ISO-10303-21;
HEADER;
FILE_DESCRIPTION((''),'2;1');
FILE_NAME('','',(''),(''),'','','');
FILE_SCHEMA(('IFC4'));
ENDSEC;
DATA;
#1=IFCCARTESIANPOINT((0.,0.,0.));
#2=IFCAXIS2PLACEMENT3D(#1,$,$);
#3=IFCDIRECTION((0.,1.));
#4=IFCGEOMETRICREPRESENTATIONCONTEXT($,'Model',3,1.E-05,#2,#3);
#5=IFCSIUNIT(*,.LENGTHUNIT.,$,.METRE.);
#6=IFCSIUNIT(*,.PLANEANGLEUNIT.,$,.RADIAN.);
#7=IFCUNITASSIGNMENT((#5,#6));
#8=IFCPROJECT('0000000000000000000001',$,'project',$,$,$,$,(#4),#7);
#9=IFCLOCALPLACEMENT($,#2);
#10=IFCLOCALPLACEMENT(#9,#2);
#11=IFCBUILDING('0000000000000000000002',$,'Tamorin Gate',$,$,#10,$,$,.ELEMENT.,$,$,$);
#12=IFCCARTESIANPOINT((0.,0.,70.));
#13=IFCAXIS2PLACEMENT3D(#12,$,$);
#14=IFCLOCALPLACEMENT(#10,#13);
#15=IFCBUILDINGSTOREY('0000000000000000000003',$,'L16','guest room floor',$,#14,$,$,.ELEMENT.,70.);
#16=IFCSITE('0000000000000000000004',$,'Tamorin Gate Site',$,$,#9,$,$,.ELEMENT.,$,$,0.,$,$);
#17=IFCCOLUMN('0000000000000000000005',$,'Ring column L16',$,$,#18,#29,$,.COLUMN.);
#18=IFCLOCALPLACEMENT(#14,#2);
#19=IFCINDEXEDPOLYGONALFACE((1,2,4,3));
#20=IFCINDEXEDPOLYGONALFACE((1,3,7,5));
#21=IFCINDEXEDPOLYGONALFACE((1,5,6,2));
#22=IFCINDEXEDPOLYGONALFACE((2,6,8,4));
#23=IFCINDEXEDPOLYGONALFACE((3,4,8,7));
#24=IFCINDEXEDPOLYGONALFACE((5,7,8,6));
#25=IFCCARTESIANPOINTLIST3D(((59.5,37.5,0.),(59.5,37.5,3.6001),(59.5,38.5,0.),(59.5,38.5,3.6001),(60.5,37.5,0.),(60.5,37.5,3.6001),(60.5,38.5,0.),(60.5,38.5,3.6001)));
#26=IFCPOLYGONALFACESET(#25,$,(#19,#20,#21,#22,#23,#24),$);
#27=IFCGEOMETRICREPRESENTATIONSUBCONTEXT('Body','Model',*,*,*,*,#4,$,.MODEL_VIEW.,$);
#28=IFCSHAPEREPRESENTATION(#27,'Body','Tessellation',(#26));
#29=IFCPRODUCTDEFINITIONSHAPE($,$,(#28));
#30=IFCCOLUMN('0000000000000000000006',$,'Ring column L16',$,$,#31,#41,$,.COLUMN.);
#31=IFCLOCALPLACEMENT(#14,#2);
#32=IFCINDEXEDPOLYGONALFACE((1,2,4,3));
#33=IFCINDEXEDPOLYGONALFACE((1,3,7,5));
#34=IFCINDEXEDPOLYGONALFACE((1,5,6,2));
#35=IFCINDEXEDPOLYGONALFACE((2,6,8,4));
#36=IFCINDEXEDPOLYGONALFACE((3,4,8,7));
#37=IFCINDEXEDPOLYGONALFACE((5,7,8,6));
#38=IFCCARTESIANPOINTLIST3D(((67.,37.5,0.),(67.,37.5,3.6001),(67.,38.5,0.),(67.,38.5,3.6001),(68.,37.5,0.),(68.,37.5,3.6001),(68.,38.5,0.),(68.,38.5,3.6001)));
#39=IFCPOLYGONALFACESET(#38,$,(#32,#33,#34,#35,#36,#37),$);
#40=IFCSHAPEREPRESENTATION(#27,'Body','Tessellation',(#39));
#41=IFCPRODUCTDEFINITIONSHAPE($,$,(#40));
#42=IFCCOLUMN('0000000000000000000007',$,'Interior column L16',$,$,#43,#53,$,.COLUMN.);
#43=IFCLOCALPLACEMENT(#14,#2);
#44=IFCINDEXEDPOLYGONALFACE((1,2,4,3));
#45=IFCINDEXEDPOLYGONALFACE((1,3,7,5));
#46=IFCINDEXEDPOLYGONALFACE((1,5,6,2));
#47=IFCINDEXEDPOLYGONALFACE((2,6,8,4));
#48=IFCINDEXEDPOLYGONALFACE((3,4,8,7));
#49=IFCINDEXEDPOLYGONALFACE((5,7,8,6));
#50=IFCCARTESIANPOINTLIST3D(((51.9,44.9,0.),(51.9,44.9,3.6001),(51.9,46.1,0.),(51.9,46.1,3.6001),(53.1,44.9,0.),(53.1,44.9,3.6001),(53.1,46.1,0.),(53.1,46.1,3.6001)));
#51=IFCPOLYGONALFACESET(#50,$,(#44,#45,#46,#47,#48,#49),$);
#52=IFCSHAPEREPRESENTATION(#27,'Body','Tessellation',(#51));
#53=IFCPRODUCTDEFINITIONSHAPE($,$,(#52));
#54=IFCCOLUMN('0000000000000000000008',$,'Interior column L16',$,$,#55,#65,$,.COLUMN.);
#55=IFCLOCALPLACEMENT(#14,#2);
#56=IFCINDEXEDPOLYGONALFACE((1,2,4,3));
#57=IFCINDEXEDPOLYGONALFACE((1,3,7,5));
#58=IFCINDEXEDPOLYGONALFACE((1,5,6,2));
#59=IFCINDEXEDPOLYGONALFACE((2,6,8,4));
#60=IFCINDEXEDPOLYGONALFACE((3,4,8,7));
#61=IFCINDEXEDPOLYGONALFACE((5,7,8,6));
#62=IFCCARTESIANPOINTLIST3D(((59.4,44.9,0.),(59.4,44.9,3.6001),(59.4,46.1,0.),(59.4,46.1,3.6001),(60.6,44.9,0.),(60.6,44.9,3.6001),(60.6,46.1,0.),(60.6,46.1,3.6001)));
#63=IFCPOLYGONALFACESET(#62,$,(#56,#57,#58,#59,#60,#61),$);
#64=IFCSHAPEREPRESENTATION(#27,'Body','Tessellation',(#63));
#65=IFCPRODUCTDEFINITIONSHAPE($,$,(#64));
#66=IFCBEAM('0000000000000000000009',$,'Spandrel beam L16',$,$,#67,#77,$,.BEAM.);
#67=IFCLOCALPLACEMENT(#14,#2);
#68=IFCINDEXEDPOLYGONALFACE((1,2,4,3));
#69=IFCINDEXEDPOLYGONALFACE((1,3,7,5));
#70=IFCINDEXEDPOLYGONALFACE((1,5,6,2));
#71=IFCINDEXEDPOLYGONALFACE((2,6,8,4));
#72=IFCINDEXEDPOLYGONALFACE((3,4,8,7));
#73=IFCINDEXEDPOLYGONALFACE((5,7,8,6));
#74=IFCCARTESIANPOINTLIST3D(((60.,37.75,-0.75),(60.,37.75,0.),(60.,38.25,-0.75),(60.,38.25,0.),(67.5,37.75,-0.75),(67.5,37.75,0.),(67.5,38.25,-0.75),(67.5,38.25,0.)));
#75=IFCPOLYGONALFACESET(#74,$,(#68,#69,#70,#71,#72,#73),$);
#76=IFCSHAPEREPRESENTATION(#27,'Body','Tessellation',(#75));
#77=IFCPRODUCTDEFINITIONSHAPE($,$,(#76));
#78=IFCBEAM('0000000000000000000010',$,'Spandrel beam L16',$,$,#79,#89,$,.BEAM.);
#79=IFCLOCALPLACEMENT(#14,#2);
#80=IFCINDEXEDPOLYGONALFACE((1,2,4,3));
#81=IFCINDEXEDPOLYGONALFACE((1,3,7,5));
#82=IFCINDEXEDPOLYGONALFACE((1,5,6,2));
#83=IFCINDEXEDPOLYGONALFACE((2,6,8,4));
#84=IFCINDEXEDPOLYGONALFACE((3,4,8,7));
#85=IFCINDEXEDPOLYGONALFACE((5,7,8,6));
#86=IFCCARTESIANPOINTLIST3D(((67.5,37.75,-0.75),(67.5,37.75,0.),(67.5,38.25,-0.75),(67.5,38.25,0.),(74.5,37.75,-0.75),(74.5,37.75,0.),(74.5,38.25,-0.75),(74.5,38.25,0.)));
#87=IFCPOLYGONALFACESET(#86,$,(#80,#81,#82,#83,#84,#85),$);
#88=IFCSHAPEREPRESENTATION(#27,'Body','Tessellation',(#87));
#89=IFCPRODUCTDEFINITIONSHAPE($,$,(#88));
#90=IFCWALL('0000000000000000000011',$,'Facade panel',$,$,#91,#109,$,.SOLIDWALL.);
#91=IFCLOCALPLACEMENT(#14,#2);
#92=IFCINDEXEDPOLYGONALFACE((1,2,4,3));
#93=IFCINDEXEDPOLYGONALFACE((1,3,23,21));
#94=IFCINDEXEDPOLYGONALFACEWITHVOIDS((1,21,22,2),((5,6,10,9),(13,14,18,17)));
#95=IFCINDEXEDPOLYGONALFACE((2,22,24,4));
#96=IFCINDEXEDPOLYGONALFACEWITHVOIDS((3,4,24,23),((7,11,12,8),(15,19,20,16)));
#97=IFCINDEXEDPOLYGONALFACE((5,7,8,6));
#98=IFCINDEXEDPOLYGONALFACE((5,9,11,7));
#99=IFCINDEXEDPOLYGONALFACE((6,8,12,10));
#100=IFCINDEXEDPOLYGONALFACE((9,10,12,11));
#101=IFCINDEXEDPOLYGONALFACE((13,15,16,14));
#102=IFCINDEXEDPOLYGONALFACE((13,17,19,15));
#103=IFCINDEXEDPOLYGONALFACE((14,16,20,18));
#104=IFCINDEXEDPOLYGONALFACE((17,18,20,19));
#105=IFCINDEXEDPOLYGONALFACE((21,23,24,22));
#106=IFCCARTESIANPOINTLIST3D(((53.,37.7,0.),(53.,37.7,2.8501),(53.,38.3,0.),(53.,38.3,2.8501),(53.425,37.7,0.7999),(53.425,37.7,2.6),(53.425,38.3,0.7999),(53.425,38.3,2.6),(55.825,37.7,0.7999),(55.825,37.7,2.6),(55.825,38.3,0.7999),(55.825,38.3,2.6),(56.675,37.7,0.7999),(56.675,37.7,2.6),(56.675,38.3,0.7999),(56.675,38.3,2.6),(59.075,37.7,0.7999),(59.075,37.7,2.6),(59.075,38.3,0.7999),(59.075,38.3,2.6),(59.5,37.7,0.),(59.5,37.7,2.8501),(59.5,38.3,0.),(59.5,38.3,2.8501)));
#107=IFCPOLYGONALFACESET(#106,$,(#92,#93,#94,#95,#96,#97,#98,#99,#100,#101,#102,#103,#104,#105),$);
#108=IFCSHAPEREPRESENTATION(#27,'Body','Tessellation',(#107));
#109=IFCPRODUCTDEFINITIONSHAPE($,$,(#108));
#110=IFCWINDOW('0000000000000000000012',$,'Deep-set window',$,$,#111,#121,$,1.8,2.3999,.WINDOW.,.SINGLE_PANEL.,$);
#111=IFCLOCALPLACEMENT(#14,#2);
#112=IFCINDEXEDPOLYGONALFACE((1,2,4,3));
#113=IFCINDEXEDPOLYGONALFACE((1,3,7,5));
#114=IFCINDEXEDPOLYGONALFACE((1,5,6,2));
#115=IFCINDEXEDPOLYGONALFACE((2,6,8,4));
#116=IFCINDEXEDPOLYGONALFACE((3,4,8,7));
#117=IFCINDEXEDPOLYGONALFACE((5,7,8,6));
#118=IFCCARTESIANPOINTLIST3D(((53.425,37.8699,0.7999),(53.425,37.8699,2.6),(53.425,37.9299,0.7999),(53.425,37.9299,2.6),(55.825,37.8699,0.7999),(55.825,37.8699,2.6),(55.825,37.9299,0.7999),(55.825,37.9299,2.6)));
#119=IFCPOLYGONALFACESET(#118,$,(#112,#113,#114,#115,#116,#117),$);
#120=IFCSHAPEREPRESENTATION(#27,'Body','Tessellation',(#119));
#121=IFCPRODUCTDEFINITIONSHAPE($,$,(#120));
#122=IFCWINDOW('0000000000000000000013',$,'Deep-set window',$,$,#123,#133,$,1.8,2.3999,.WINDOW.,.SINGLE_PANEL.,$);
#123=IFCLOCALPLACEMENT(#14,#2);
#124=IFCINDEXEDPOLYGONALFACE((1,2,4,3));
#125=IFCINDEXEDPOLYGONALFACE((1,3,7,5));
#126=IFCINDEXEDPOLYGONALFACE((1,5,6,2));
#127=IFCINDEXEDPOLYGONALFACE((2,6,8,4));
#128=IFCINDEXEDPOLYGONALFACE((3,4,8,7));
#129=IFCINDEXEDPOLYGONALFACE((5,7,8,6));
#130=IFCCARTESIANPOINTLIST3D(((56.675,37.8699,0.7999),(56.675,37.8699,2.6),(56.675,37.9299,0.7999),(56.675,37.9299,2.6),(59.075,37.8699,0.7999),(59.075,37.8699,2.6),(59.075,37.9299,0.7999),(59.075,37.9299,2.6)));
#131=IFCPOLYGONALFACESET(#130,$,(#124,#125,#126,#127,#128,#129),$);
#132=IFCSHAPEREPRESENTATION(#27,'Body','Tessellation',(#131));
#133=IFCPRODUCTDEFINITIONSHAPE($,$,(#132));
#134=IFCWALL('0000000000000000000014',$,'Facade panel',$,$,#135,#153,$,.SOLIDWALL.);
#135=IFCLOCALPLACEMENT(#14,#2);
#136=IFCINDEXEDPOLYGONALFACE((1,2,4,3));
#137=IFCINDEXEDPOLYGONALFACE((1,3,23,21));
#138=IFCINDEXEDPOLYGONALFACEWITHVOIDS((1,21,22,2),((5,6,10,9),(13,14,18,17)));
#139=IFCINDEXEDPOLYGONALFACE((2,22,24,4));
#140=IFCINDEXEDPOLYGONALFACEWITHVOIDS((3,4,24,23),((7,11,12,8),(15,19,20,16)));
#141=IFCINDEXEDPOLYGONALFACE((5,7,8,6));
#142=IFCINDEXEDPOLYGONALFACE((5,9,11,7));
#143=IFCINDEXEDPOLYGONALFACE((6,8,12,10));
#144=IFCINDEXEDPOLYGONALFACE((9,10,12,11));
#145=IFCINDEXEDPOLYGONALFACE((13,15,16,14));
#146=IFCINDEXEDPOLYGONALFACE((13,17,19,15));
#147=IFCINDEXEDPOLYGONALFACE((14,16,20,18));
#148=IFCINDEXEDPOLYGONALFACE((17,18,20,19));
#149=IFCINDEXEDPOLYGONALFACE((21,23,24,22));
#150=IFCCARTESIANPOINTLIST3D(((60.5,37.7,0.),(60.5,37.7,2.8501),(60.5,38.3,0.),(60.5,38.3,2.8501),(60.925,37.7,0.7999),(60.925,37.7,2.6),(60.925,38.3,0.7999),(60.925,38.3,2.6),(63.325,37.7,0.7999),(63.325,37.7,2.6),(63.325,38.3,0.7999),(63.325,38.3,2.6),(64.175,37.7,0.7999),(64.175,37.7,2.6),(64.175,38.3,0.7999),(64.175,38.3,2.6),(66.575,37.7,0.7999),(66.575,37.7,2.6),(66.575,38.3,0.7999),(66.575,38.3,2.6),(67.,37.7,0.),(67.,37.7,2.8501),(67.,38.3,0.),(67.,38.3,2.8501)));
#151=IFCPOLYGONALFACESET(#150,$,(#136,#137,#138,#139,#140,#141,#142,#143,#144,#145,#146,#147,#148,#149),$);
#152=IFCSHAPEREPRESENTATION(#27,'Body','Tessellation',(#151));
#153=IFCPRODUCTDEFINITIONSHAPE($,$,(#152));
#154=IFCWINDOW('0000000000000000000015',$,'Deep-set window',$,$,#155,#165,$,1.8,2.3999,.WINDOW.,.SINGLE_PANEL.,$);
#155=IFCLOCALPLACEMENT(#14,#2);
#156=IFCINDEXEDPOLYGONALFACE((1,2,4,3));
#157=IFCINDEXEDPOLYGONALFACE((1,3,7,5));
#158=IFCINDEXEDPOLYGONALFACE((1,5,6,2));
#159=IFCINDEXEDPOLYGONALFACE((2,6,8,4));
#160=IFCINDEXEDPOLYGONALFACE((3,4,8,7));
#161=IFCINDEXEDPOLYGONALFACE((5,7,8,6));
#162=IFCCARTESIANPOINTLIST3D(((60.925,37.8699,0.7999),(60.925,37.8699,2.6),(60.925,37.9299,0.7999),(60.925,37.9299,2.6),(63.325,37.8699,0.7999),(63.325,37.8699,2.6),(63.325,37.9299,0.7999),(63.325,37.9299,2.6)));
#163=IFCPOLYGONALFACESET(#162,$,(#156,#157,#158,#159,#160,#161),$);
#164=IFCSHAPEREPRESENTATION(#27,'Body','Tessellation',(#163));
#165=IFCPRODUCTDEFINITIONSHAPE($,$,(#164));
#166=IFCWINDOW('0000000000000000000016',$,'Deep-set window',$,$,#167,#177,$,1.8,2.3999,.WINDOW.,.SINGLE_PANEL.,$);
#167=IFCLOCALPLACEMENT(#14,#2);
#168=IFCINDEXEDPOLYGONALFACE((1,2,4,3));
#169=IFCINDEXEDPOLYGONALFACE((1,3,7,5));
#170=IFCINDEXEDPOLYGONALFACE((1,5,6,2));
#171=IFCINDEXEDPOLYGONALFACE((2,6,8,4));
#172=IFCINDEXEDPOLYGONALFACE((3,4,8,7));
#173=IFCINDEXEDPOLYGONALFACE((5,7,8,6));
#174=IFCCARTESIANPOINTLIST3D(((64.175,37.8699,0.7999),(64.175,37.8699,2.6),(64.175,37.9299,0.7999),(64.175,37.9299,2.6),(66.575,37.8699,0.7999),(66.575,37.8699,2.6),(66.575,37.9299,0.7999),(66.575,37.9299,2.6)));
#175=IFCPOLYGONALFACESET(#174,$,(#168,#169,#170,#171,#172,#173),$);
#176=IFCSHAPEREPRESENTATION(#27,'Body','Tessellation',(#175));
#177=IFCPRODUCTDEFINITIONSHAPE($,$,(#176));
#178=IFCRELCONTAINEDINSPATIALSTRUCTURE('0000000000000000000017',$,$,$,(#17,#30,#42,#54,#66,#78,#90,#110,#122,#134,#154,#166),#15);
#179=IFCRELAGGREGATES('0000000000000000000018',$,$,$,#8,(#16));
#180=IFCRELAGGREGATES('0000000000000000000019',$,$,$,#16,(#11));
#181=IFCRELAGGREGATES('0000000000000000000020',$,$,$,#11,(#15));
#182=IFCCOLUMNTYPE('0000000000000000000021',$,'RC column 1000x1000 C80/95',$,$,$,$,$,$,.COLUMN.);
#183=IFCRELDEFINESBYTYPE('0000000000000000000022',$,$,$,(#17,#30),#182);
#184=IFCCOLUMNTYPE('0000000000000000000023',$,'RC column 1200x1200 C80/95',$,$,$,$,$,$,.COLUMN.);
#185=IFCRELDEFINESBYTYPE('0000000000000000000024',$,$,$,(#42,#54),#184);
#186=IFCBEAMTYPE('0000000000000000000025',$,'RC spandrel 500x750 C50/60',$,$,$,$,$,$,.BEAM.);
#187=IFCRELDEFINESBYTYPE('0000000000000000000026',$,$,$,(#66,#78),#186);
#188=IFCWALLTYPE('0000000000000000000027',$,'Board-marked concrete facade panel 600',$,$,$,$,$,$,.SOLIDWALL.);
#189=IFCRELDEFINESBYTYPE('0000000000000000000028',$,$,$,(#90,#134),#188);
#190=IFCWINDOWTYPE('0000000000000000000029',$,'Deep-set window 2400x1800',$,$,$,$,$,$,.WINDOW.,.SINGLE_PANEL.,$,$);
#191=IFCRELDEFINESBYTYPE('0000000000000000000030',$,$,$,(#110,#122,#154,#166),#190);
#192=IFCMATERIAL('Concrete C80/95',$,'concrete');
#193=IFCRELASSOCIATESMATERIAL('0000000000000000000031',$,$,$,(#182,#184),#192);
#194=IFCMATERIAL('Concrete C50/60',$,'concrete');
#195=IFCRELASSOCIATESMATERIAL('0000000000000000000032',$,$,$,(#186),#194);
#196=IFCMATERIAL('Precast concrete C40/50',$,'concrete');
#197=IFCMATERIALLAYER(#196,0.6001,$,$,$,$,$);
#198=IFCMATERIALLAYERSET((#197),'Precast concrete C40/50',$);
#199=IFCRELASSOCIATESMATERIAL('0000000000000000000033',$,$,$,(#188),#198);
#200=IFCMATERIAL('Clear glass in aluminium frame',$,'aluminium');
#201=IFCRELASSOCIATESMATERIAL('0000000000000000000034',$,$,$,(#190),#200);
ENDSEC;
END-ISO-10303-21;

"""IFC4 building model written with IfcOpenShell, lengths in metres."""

from ifc_helpers import new_model, si_unit, direction, frame, frame_2d, origin, origin_2d, place, context, subcontext, project, spatial, rectangle, extrude, material, layer, layer_set, material_profile, profile_set, type_object, element, fill, save


model = new_model("IFC4")

# Units and contexts
model_context = context("Model", 3, precision=1e-05, world=origin(), true_north=direction((0.0, 1.0)))
body_context = subcontext(model_context, "Body", "Model", "MODEL_VIEW")
ifc_project = project(units=[si_unit("LENGTHUNIT", "METRE"), si_unit("PLANEANGLEUNIT", "RADIAN")], contexts=[model_context])

# Site, building, storey
site_placement = place(None, origin())
site = spatial("IfcSite", under=ifc_project, at=site_placement, Name="Tamorin Gate Site", CompositionType="ELEMENT", RefElevation=0.0)
building_placement = place(site_placement, origin())
building = spatial("IfcBuilding", under=site, at=building_placement, Name="Tamorin Gate", CompositionType="ELEMENT")
storey_placement = place(building_placement, frame((0.0, 0.0, 70.0)))
storey = spatial("IfcBuildingStorey", under=building, at=storey_placement, Name="L16", Description="guest room floor", CompositionType="ELEMENT", Elevation=70.0)

# Columns
ifc_material_1 = material(Name="Concrete C80/95", Category="concrete")
ifc_material_profile_1 = material_profile(ifc_material_1, rectangle(XDim=1.0, YDim=1.0, at=origin_2d()), Name="RC 1000x1000")
ifc_profile_set_1 = profile_set([ifc_material_profile_1], Name="Concrete C80/95")
column_type_1 = type_object("IfcColumnType", Name="RC column 1000x1000 C80/95", PredefinedType="COLUMN", material=ifc_profile_set_1)
for number, where, z_axis, x_axis, name in (
    (1, (60.0, 38.0, 0.0), (0.0, 0.0, 1.0), (1.0, 0.0, 0.0), "Ring column L16"),
    (2, (67.5, 38.0, 0.0), (0.0, 0.0, 1.0), (1.0, 0.0, 0.0), "Ring column L16"),
):
    element("IfcColumn", number, at=place(storey_placement, frame(where, z_axis=z_axis, x_axis=x_axis)), inside=storey, type_object=column_type_1, Name=name, PredefinedType="COLUMN", context=body_context, shape_type="SweptSolid", body=[
        extrude(rectangle(XDim=1.0, YDim=1.0, at=origin_2d()), origin(), (0.0, 0.0, 1.0), 3.6001),
    ])
ifc_material_profile_2 = material_profile(ifc_material_1, rectangle(XDim=1.2, YDim=1.2, at=origin_2d()), Name="RC 1200x1200")
ifc_profile_set_2 = profile_set([ifc_material_profile_2], Name="Concrete C80/95")
column_type_2 = type_object("IfcColumnType", Name="RC column 1200x1200 C80/95", PredefinedType="COLUMN", material=ifc_profile_set_2)
for number, where, z_axis, x_axis, name in (
    (3, (52.5, 45.5, 0.0), (0.0, 0.0, 1.0), (1.0, 0.0, 0.0), "Interior column L16"),
    (4, (60.0, 45.5, 0.0), (0.0, 0.0, 1.0), (1.0, 0.0, 0.0), "Interior column L16"),
):
    element("IfcColumn", number, at=place(storey_placement, frame(where, z_axis=z_axis, x_axis=x_axis)), inside=storey, type_object=column_type_2, Name=name, PredefinedType="COLUMN", context=body_context, shape_type="SweptSolid", body=[
        extrude(rectangle(XDim=1.2, YDim=1.2, at=origin_2d()), origin(), (0.0, 0.0, 1.0), 3.6001),
    ])

# Beams
ifc_material_2 = material(Name="Concrete C50/60", Category="concrete")
ifc_material_profile_3 = material_profile(ifc_material_2, rectangle(XDim=0.5, YDim=0.75, at=origin_2d()), Name="RC 500x750")
ifc_profile_set_3 = profile_set([ifc_material_profile_3], Name="Concrete C50/60")
beam_type = type_object("IfcBeamType", Name="RC spandrel 500x750 C50/60", PredefinedType="BEAM", material=ifc_profile_set_3)
beam_1_placement = place(storey_placement, frame((60.0, 38.0, -0.375), z_axis=(1.0, 0.0, 0.0), x_axis=(0.0, 1.0, 0.0)))
element("IfcBeam", 5, at=beam_1_placement, inside=storey, type_object=beam_type, Name="Spandrel beam L16", PredefinedType="BEAM", context=body_context, shape_type="SweptSolid", body=[
    extrude(rectangle(XDim=0.5, YDim=0.75, at=origin_2d()), origin(), (0.0, 0.0, 1.0), 7.5),
])
beam_2_placement = place(storey_placement, frame((67.5, 38.0, -0.375), z_axis=(1.0, 0.0, 0.0), x_axis=(0.0, 1.0, 0.0)))
element("IfcBeam", 6, at=beam_2_placement, inside=storey, type_object=beam_type, Name="Spandrel beam L16", PredefinedType="BEAM", context=body_context, shape_type="SweptSolid", body=[
    extrude(rectangle(XDim=0.5, YDim=0.75, at=origin_2d()), origin(), (0.0, 0.0, 1.0), 7.0),
])

# Walls, openings, windows
ifc_material_3 = material(Name="Precast concrete C40/50", Category="concrete")
ifc_layer_1 = layer(ifc_material_3, 0.6001)
ifc_layer_set_1 = layer_set([ifc_layer_1], Name="Precast concrete C40/50")
wall_type_1 = type_object("IfcWallType", Name="Board-marked concrete facade panel 600", PredefinedType="SOLIDWALL", material=ifc_layer_set_1)
wall_1_placement = place(storey_placement, frame((53.0, 38.0, 0.0), z_axis=(0.0, 0.0, 1.0), x_axis=(1.0, 0.0, 0.0)))
wall_1 = element("IfcWall", 7, at=wall_1_placement, inside=storey, type_object=wall_type_1, Name="Facade panel", PredefinedType="SOLIDWALL", context=body_context, shape_type="SweptSolid", body=[
    extrude(rectangle(XDim=6.5, YDim=0.6001, at=frame_2d((3.25, 0.0))), origin(), (0.0, 0.0, 1.0), 2.8501),
])
opening_1_placement = place(wall_1_placement, frame((0.425, 0.0, 0.8)))
opening_1 = element("IfcOpeningElement", 8, at=opening_1_placement, cuts=wall_1, PredefinedType="OPENING", context=body_context, shape_type="SweptSolid", body=[
    extrude(rectangle(XDim=2.3999, YDim=1.8, at=frame_2d((1.2, 0.8999))), frame((0.0, 0.3101, 0.0), z_axis=(0.0, -1.0, 0.0), x_axis=(1.0, 0.0, 0.0)), (0.0, 0.0, 1.0), 0.6201),
])
opening_2_placement = place(wall_1_placement, frame((3.675, 0.0, 0.8)))
opening_2 = element("IfcOpeningElement", 9, at=opening_2_placement, cuts=wall_1, PredefinedType="OPENING", context=body_context, shape_type="SweptSolid", body=[
    extrude(rectangle(XDim=2.3999, YDim=1.8, at=frame_2d((1.2, 0.8999))), frame((0.0, 0.3101, 0.0), z_axis=(0.0, -1.0, 0.0), x_axis=(1.0, 0.0, 0.0)), (0.0, 0.0, 1.0), 0.6201),
])
ifc_material_4 = material(Name="Clear glass in aluminium frame", Category="aluminium")
window_type = type_object("IfcWindowType", Name="Deep-set window 2400x1800", PartitioningType="SINGLE_PANEL", PredefinedType="WINDOW", material=ifc_material_4)
window_1_placement = place(opening_1_placement, origin())
window_1 = element("IfcWindow", 10, at=window_1_placement, inside=storey, type_object=window_type, Name="Deep-set window", OverallHeight=1.8, OverallWidth=2.3999, PartitioningType="SINGLE_PANEL", PredefinedType="WINDOW", context=body_context, shape_type="SweptSolid", body=[
    extrude(rectangle(XDim=2.3999, YDim=1.8, at=frame_2d((1.2, 0.8999))), frame((0.0, -0.0701, 0.0), z_axis=(0.0, -1.0, 0.0), x_axis=(1.0, 0.0, 0.0)), (0.0, 0.0, 1.0), 0.0601),
])
fill(opening_1, window_1)
window_2_placement = place(opening_2_placement, origin())
window_2 = element("IfcWindow", 11, at=window_2_placement, inside=storey, type_object=window_type, Name="Deep-set window", OverallHeight=1.8, OverallWidth=2.3999, PartitioningType="SINGLE_PANEL", PredefinedType="WINDOW", context=body_context, shape_type="SweptSolid", body=[
    extrude(rectangle(XDim=2.3999, YDim=1.8, at=frame_2d((1.2, 0.8999))), frame((0.0, -0.0701, 0.0), z_axis=(0.0, -1.0, 0.0), x_axis=(1.0, 0.0, 0.0)), (0.0, 0.0, 1.0), 0.0601),
])
fill(opening_2, window_2)
wall_2_placement = place(storey_placement, frame((60.5, 38.0, 0.0), z_axis=(0.0, 0.0, 1.0), x_axis=(1.0, 0.0, 0.0)))
wall_2 = element("IfcWall", 12, at=wall_2_placement, inside=storey, type_object=wall_type_1, Name="Facade panel", PredefinedType="SOLIDWALL", context=body_context, shape_type="SweptSolid", body=[
    extrude(rectangle(XDim=6.5, YDim=0.6001, at=frame_2d((3.25, 0.0))), origin(), (0.0, 0.0, 1.0), 2.8501),
])
opening_3_placement = place(wall_2_placement, frame((0.425, 0.0, 0.8)))
opening_3 = element("IfcOpeningElement", 13, at=opening_3_placement, cuts=wall_2, PredefinedType="OPENING", context=body_context, shape_type="SweptSolid", body=[
    extrude(rectangle(XDim=2.3999, YDim=1.8, at=frame_2d((1.2, 0.8999))), frame((0.0, 0.3101, 0.0), z_axis=(0.0, -1.0, 0.0), x_axis=(1.0, 0.0, 0.0)), (0.0, 0.0, 1.0), 0.6201),
])
opening_4_placement = place(wall_2_placement, frame((3.675, 0.0, 0.8)))
opening_4 = element("IfcOpeningElement", 14, at=opening_4_placement, cuts=wall_2, PredefinedType="OPENING", context=body_context, shape_type="SweptSolid", body=[
    extrude(rectangle(XDim=2.3999, YDim=1.8, at=frame_2d((1.2, 0.8999))), frame((0.0, 0.3101, 0.0), z_axis=(0.0, -1.0, 0.0), x_axis=(1.0, 0.0, 0.0)), (0.0, 0.0, 1.0), 0.6201),
])
window_3_placement = place(opening_3_placement, origin())
window_3 = element("IfcWindow", 15, at=window_3_placement, inside=storey, type_object=window_type, Name="Deep-set window", OverallHeight=1.8, OverallWidth=2.3999, PartitioningType="SINGLE_PANEL", PredefinedType="WINDOW", context=body_context, shape_type="SweptSolid", body=[
    extrude(rectangle(XDim=2.3999, YDim=1.8, at=frame_2d((1.2, 0.8999))), frame((0.0, -0.0701, 0.0), z_axis=(0.0, -1.0, 0.0), x_axis=(1.0, 0.0, 0.0)), (0.0, 0.0, 1.0), 0.0601),
])
fill(opening_3, window_3)
window_4_placement = place(opening_4_placement, origin())
window_4 = element("IfcWindow", 16, at=window_4_placement, inside=storey, type_object=window_type, Name="Deep-set window", OverallHeight=1.8, OverallWidth=2.3999, PartitioningType="SINGLE_PANEL", PredefinedType="WINDOW", context=body_context, shape_type="SweptSolid", body=[
    extrude(rectangle(XDim=2.3999, YDim=1.8, at=frame_2d((1.2, 0.8999))), frame((0.0, -0.0701, 0.0), z_axis=(0.0, -1.0, 0.0), x_axis=(1.0, 0.0, 0.0)), (0.0, 0.0, 1.0), 0.0601),
])
fill(opening_4, window_4)

save(model, "model.ifc")
